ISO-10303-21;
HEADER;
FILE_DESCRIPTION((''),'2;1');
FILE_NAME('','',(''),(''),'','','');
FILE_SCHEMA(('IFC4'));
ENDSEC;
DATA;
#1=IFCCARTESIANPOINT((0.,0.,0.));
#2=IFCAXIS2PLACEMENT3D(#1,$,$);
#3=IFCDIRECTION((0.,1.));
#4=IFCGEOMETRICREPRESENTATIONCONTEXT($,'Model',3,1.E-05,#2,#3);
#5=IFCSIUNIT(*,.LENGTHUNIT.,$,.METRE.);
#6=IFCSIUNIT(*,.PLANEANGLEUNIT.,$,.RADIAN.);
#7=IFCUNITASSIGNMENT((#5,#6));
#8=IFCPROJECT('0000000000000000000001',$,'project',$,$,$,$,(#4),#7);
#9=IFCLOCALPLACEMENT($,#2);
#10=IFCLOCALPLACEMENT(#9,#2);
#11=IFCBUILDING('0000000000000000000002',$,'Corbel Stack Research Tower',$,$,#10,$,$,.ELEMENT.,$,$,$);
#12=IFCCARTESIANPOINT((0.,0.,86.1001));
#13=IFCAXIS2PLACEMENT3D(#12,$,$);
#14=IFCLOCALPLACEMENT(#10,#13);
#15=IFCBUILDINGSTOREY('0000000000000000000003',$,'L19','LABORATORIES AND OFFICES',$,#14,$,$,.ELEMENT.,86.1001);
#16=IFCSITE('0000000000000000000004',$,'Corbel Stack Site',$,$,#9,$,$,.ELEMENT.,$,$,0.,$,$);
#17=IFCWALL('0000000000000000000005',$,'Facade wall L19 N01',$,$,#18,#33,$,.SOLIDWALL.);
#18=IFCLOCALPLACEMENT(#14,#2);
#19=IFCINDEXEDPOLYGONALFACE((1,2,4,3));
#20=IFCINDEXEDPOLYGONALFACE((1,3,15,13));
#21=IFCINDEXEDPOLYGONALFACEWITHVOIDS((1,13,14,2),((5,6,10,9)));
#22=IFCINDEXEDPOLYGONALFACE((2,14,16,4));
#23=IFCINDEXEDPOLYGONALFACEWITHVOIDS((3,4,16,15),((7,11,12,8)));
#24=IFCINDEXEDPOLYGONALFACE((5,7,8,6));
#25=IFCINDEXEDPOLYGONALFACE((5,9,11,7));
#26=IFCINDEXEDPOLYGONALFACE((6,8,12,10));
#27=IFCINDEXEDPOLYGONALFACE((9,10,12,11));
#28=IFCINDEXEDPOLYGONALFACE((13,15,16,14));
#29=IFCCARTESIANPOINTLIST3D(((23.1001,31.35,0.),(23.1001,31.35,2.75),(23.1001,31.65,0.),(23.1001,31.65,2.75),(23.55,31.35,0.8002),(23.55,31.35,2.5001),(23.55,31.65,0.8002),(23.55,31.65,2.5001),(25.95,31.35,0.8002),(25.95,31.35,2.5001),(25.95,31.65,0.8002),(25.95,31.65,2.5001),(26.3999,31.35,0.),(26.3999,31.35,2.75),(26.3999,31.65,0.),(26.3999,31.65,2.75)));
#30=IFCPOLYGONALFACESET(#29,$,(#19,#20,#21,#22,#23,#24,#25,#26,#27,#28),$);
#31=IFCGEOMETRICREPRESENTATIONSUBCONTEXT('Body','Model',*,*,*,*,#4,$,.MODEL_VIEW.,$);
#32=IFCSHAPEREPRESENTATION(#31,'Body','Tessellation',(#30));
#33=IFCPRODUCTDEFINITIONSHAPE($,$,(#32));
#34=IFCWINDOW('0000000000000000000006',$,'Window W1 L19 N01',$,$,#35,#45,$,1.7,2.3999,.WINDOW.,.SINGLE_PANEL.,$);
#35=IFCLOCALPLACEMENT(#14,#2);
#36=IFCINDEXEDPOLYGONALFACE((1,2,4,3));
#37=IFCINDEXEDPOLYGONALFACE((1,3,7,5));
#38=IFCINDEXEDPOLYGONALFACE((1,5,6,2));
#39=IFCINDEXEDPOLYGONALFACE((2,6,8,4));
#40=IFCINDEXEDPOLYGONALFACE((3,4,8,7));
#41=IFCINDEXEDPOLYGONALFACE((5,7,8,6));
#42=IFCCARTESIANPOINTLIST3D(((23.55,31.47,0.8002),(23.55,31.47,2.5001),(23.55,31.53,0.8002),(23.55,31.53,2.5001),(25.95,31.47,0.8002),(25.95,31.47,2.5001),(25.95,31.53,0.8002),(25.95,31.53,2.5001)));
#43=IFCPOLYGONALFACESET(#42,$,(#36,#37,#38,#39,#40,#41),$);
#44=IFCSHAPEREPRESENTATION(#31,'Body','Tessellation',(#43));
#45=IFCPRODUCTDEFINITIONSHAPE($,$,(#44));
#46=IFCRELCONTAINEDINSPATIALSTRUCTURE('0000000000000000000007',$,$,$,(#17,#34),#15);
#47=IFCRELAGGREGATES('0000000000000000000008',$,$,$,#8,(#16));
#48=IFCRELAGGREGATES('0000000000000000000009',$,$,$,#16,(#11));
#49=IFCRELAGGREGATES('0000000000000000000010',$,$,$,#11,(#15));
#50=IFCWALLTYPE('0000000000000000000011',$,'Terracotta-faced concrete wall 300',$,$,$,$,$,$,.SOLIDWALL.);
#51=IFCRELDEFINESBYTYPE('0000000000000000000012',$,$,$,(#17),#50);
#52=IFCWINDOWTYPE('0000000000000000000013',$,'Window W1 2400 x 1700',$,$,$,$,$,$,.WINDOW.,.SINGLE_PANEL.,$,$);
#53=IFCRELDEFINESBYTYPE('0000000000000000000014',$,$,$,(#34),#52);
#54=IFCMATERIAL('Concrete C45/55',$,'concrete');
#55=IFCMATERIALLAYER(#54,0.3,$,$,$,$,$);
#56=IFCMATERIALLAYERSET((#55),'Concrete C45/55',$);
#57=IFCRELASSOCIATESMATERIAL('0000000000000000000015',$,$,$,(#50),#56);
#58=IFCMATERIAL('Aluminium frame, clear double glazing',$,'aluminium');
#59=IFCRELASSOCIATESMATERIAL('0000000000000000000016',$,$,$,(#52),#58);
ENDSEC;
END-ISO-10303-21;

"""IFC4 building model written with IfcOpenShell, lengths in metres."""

from ifc_helpers import new_model, si_unit, direction, frame, frame_2d, origin, place, context, subcontext, project, spatial, rectangle, extrude, material, layer, layer_set, type_object, element, fill, save


model = new_model("IFC4")

# Units and contexts
model_context = context("Model", 3, precision=1e-05, world=origin(), true_north=direction((0.0, 1.0)))
body_context = subcontext(model_context, "Body", "Model", "MODEL_VIEW")
ifc_project = project(units=[si_unit("LENGTHUNIT", "METRE"), si_unit("PLANEANGLEUNIT", "RADIAN")], contexts=[model_context])

# Site, building, storey
site_placement = place(None, origin())
site = spatial("IfcSite", under=ifc_project, at=site_placement, Name="Corbel Stack Site", CompositionType="ELEMENT", RefElevation=0.0)
building_placement = place(site_placement, origin())
building = spatial("IfcBuilding", under=site, at=building_placement, Name="Corbel Stack Research Tower", CompositionType="ELEMENT")
storey_placement = place(building_placement, frame((0.0, 0.0, 86.1001)))
storey = spatial("IfcBuildingStorey", under=building, at=storey_placement, Name="L19", Description="LABORATORIES AND OFFICES", CompositionType="ELEMENT", Elevation=86.1001)

# Wall, opening, window
ifc_material_1 = material(Name="Concrete C45/55", Category="concrete")
ifc_layer_1 = layer(ifc_material_1, 0.3)
ifc_layer_set_1 = layer_set([ifc_layer_1], Name="Concrete C45/55")
wall_type_1 = type_object("IfcWallType", Name="Terracotta-faced concrete wall 300", PredefinedType="SOLIDWALL", material=ifc_layer_set_1)
wall_1_placement = place(storey_placement, frame((23.1001, 31.5, 0.0), z_axis=(0.0, 0.0, 1.0), x_axis=(1.0, 0.0, 0.0)))
wall_1 = element("IfcWall", 1, at=wall_1_placement, inside=storey, type_object=wall_type_1, Name="Facade wall L19 N01", PredefinedType="SOLIDWALL", context=body_context, shape_type="SweptSolid", body=[
    extrude(rectangle(XDim=3.2998, YDim=0.3, at=frame_2d((1.6499, 0.0))), origin(), (0.0, 0.0, 1.0), 2.75),
])
opening_1_placement = place(wall_1_placement, frame((0.45, 0.0, 0.8)))
opening_1 = element("IfcOpeningElement", 2, at=opening_1_placement, cuts=wall_1, PredefinedType="OPENING", context=body_context, shape_type="SweptSolid", body=[
    extrude(rectangle(XDim=2.3999, YDim=1.7, at=frame_2d((1.2, 0.8501))), frame((0.0, 0.1599, 0.0), z_axis=(0.0, -1.0, 0.0), x_axis=(1.0, 0.0, 0.0)), (0.0, 0.0, 1.0), 0.3201),
])
ifc_material_2 = material(Name="Aluminium frame, clear double glazing", Category="aluminium")
window_type = type_object("IfcWindowType", Name="Window W1 2400 x 1700", PartitioningType="SINGLE_PANEL", PredefinedType="WINDOW", material=ifc_material_2)
window_placement = place(opening_1_placement, origin())
window = element("IfcWindow", 3, at=window_placement, inside=storey, type_object=window_type, Name="Window W1 L19 N01", OverallHeight=1.7, OverallWidth=2.3999, PartitioningType="SINGLE_PANEL", PredefinedType="WINDOW", context=body_context, shape_type="SweptSolid", body=[
    extrude(rectangle(XDim=2.3999, YDim=1.7, at=frame_2d((1.2, 0.8501))), frame((0.0, 0.03, 0.0), z_axis=(0.0, -1.0, 0.0), x_axis=(1.0, 0.0, 0.0)), (0.0, 0.0, 1.0), 0.0601),
])
fill(opening_1, window)

save(model, "model.ifc")
